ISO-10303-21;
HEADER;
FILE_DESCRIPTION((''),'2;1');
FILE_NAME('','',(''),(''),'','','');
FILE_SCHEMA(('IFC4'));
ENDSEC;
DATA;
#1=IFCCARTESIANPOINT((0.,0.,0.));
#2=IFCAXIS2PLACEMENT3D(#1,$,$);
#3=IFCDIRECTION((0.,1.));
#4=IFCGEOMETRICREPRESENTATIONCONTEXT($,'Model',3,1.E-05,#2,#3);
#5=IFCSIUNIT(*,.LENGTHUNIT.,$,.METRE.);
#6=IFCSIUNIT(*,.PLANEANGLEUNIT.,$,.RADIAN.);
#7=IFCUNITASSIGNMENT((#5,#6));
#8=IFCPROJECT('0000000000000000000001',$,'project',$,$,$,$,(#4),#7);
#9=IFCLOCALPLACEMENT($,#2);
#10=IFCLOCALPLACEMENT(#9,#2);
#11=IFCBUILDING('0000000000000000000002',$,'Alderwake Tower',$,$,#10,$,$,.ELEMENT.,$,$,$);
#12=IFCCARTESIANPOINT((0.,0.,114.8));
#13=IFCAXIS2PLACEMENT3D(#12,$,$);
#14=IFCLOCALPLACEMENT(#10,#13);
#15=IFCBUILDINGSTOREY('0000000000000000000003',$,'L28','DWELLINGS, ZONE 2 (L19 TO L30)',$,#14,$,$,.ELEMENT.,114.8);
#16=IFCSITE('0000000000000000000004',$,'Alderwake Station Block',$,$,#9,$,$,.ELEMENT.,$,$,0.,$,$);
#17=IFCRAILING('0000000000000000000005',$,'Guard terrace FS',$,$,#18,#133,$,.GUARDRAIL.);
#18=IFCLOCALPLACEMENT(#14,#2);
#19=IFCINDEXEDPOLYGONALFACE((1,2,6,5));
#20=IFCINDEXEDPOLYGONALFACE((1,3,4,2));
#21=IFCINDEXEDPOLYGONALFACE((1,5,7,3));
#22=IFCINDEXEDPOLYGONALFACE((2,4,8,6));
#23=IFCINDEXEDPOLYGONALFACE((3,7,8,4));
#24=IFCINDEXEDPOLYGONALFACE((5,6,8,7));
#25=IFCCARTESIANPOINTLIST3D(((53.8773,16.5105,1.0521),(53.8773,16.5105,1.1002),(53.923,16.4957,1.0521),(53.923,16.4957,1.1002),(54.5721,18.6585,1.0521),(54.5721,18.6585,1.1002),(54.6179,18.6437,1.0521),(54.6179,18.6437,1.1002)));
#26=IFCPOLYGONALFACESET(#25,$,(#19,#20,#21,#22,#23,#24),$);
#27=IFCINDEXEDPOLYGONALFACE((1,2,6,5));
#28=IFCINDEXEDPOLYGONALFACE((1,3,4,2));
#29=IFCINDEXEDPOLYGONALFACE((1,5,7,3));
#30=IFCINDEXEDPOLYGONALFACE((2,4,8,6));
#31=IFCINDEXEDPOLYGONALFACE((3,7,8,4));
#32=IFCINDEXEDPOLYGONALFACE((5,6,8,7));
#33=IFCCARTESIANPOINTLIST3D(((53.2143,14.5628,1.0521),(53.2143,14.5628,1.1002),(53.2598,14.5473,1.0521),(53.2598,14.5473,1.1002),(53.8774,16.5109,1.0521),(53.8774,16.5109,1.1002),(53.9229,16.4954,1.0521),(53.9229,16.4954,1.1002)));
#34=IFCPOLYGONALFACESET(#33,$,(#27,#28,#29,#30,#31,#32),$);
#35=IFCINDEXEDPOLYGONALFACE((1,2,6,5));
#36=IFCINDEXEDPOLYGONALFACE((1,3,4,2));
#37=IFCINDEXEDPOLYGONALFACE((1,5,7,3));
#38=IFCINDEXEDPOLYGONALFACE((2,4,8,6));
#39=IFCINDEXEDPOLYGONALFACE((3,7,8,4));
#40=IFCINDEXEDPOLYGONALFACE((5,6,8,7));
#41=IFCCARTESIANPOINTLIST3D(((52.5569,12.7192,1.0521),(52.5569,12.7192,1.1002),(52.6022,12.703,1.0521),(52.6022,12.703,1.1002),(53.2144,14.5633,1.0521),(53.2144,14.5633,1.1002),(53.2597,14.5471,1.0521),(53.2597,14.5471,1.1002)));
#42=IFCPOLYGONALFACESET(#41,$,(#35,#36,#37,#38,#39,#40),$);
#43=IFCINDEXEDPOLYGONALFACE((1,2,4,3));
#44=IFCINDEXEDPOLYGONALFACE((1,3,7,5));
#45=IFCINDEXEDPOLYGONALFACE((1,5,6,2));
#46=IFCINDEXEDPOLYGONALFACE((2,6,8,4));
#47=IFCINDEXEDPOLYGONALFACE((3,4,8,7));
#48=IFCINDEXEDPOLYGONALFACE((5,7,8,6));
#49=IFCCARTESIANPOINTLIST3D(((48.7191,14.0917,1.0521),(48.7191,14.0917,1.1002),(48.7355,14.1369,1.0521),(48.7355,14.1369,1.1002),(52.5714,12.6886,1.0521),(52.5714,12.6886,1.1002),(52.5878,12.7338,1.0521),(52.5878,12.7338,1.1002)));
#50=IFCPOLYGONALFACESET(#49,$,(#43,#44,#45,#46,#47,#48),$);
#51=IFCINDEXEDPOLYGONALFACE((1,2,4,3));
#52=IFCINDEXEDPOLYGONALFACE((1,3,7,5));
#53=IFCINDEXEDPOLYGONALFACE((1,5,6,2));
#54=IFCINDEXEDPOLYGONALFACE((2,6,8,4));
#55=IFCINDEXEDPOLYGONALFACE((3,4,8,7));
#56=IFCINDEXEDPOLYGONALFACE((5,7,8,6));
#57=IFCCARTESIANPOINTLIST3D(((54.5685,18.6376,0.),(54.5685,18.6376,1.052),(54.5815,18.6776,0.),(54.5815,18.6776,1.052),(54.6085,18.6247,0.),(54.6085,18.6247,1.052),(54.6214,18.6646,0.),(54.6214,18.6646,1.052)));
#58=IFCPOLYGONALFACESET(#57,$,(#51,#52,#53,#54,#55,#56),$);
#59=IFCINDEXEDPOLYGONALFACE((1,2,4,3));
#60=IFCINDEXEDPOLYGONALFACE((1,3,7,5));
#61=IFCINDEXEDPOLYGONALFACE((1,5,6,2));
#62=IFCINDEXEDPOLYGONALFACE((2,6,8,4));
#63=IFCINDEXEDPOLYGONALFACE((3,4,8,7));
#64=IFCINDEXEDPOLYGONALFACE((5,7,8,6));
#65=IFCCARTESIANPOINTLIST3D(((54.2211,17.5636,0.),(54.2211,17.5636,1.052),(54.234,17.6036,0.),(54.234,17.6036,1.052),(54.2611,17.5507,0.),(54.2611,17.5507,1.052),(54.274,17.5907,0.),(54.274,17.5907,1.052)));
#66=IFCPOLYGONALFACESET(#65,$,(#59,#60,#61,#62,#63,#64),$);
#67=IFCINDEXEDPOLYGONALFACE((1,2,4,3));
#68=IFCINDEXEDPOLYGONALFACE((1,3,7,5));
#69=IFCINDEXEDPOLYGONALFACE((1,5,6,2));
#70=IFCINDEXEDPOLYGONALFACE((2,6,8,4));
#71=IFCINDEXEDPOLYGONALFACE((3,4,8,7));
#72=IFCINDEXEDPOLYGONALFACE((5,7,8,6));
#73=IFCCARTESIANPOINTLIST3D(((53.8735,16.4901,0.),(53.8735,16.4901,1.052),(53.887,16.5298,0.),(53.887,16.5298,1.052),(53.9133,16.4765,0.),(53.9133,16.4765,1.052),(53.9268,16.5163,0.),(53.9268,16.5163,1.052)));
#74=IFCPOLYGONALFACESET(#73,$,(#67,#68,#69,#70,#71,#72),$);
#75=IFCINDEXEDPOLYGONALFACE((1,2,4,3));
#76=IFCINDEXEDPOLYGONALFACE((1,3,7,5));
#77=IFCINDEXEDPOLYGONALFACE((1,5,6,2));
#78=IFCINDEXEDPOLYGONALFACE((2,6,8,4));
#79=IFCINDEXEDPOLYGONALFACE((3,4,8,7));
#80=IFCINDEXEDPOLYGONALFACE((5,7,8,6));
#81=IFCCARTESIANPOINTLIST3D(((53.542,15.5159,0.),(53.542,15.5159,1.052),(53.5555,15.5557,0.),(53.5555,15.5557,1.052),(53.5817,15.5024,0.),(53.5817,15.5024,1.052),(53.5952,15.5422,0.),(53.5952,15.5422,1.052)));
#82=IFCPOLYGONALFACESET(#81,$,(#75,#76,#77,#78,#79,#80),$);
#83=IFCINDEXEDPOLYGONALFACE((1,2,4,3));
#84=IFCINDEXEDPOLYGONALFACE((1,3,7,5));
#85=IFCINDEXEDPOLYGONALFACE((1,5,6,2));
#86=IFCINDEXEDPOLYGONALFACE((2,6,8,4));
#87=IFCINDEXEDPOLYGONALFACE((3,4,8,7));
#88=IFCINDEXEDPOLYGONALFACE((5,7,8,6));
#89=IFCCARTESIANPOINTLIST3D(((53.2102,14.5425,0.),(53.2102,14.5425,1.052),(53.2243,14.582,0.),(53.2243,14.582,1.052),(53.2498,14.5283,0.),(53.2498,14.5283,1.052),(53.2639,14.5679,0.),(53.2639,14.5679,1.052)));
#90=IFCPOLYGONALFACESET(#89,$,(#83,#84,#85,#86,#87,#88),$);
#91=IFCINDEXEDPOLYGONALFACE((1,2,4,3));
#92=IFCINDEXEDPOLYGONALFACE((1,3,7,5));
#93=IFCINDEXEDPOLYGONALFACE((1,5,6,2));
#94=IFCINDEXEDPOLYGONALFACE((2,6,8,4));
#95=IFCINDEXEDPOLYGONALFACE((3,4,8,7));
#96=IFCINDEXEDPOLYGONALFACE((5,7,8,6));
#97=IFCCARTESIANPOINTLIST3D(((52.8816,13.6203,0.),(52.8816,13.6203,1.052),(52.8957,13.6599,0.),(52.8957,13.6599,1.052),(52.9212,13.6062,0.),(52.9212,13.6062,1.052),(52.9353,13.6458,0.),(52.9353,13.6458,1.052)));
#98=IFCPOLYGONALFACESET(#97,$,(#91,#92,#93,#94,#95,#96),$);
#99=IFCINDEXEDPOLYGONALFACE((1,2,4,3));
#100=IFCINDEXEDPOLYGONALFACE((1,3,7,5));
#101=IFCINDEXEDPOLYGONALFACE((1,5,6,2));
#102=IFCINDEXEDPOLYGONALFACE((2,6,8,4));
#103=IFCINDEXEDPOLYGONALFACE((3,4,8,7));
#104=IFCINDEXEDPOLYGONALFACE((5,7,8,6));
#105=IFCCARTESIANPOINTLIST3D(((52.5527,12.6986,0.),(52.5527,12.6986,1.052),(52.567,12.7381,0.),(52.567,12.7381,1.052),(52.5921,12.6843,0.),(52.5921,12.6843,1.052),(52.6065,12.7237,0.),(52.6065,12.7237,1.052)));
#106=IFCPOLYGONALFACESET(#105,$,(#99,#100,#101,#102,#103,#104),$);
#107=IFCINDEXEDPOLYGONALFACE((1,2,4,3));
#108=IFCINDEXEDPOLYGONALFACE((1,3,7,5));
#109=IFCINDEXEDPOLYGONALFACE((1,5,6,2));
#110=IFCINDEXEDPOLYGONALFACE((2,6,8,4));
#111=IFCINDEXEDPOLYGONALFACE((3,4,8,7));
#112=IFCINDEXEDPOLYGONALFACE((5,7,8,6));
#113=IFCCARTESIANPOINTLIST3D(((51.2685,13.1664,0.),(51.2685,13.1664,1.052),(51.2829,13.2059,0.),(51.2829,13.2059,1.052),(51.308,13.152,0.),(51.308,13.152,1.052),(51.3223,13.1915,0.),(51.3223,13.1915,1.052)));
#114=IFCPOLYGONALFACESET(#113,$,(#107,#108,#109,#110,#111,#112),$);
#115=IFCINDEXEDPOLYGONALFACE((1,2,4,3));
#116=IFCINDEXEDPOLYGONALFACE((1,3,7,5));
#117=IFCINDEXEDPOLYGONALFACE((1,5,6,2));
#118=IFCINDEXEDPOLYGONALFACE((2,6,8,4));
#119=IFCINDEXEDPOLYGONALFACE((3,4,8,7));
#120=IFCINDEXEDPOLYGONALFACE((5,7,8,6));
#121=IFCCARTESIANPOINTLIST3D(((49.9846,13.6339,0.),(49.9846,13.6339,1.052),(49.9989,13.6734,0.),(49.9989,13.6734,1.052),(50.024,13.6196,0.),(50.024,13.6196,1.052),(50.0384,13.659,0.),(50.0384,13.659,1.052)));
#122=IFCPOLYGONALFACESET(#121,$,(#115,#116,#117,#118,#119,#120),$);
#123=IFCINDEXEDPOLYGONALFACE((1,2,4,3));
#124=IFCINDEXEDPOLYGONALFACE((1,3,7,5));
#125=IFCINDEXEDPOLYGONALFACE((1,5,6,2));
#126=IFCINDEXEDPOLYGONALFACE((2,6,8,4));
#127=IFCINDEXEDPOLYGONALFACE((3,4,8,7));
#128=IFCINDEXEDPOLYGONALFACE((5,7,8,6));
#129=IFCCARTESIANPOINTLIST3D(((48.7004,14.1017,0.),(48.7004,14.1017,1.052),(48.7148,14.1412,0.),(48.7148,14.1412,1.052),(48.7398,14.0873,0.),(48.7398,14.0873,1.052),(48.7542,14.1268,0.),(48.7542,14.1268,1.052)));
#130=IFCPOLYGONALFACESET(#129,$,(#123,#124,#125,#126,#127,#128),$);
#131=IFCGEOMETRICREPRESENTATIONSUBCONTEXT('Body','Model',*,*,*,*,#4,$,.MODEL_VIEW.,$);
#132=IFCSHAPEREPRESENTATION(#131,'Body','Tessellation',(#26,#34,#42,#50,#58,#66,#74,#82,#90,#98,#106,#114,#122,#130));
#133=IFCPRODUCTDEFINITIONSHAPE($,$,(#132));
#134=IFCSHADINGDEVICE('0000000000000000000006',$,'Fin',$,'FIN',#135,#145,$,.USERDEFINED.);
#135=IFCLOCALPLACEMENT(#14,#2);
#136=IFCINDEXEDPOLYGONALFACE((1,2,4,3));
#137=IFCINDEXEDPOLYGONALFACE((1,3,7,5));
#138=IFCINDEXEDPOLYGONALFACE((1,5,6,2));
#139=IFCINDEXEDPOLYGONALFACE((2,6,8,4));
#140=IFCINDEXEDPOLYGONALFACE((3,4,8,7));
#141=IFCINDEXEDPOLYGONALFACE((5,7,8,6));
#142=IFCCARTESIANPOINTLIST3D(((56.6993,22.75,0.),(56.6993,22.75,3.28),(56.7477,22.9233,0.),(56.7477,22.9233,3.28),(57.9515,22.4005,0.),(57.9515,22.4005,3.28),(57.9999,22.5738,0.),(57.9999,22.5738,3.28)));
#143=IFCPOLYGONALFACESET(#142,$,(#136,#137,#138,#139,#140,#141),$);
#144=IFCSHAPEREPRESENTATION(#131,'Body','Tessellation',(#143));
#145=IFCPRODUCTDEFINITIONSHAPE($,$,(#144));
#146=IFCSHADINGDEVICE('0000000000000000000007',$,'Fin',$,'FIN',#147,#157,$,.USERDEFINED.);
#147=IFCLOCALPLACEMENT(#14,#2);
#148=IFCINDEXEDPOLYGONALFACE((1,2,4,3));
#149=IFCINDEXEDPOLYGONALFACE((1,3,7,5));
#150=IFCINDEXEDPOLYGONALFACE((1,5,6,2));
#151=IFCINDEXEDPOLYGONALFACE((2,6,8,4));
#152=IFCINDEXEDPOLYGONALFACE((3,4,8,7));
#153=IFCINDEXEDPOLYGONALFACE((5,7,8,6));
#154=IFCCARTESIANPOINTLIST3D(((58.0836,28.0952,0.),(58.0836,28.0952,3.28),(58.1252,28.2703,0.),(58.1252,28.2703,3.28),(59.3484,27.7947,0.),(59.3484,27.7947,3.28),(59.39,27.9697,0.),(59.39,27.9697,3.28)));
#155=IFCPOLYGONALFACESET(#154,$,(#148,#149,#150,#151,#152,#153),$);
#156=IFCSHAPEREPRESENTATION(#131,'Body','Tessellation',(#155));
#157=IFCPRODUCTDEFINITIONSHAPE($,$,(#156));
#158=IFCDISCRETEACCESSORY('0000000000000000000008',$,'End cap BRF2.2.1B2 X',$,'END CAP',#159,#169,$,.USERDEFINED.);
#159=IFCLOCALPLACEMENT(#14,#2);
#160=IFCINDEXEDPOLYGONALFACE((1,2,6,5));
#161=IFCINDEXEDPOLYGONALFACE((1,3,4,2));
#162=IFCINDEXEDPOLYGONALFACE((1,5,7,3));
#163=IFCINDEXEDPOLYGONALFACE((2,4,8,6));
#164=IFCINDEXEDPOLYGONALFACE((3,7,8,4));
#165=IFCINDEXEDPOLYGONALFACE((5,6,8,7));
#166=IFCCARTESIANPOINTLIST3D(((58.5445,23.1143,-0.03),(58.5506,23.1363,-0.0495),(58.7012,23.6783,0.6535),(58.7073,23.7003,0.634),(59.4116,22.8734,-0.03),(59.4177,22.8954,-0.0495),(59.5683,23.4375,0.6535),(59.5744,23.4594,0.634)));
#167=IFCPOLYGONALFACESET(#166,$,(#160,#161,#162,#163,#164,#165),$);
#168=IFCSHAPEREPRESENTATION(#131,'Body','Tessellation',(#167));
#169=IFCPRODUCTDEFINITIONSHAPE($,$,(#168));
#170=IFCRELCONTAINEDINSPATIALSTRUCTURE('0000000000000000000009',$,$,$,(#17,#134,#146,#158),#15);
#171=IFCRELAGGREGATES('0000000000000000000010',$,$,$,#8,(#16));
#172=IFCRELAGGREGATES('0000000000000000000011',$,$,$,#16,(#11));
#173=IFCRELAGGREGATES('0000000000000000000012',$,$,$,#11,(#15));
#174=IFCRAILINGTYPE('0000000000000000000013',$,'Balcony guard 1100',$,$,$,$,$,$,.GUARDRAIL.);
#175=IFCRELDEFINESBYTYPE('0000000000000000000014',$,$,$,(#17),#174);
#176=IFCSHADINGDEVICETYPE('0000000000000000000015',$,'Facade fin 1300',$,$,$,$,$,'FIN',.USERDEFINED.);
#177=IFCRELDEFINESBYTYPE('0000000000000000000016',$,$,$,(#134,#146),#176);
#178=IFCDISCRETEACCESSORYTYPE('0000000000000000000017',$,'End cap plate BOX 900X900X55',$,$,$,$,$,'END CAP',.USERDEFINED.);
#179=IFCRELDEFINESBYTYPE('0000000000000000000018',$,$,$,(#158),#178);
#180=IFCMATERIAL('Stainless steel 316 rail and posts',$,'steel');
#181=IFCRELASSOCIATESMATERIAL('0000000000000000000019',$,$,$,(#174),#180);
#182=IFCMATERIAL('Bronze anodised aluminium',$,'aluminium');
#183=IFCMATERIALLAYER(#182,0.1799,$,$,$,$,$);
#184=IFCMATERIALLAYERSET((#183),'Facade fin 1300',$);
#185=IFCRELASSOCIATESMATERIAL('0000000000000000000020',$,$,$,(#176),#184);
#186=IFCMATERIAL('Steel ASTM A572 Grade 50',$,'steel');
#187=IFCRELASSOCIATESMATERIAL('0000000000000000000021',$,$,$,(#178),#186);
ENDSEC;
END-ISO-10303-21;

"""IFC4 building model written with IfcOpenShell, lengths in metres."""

from ifc_helpers import new_model, si_unit, direction, frame, origin, origin_2d, place, context, subcontext, project, spatial, rectangle, extrude, material, layer, layer_set, material_profile, profile_set, type_object, element, save


model = new_model("IFC4")

# Units and contexts
model_context = context("Model", 3, precision=1e-05, world=origin(), true_north=direction((0.0, 1.0)))
body_context = subcontext(model_context, "Body", "Model", "MODEL_VIEW")
ifc_project = project(units=[si_unit("LENGTHUNIT", "METRE"), si_unit("PLANEANGLEUNIT", "RADIAN")], contexts=[model_context])

# Site, building, storey
site_placement = place(None, origin())
site = spatial("IfcSite", under=ifc_project, at=site_placement, Name="Alderwake Station Block", CompositionType="ELEMENT", RefElevation=0.0)
building_placement = place(site_placement, origin())
building = spatial("IfcBuilding", under=site, at=building_placement, Name="Alderwake Tower", CompositionType="ELEMENT")
storey_placement = place(building_placement, frame((0.0, 0.0, 114.8)))
storey = spatial("IfcBuildingStorey", under=building, at=storey_placement, Name="L28", Description="DWELLINGS, ZONE 2 (L19 TO L30)", CompositionType="ELEMENT", Elevation=114.8)

# Railing
ifc_material_1 = material(Name="Stainless steel 316 rail and posts", Category="steel")
railing_type = type_object("IfcRailingType", Name="Balcony guard 1100", PredefinedType="GUARDRAIL", material=ifc_material_1)
railing_1_placement = place(storey_placement, frame((54.595, 18.6511, 0.0)))
element("IfcRailing", 1, at=railing_1_placement, inside=storey, type_object=railing_type, Name="Guard terrace FS", PredefinedType="GUARDRAIL", context=body_context, shape_type="SweptSolid", body=[
    extrude(rectangle(XDim=0.0481, YDim=0.0481, at=origin_2d()), frame((0.0, 0.0, 1.0762), z_axis=(-0.30778, -0.951458, 0.0), x_axis=(0.951458, -0.30778, 0.0)), (0.0, 0.0, 1.0), 2.2576),
    extrude(rectangle(XDim=0.0481, YDim=0.0481, at=origin_2d()), frame((-0.6948, -2.1479, 1.0762), z_axis=(-0.322237, -0.946659, 0.0), x_axis=(0.946659, -0.322237, 0.0)), (0.0, 0.0, 1.0), 2.0579),
    extrude(rectangle(XDim=0.0481, YDim=0.0481, at=origin_2d()), frame((-1.3579, -4.0959, 1.0762), z_axis=(-0.335839, -0.94192, 0.0), x_axis=(0.94192, -0.335839, 0.0)), (0.0, 0.0, 1.0), 1.9578),
    extrude(rectangle(XDim=0.0481, YDim=0.0481, at=origin_2d()), frame((-2.0154, -5.9399, 1.0762), z_axis=(-0.939618, 0.342226, 0.0), x_axis=(-0.342226, -0.939618, 0.0)), (0.0, 0.0, 1.0), 4.0999),
    extrude(rectangle(XDim=0.042, YDim=0.042, at=origin_2d()), frame((0.0, 0.0, 0.0), z_axis=(0.0, 0.0, 1.0), x_axis=(-0.30778, -0.951458, 0.0)), (0.0, 0.0, 1.0), 1.052),
    extrude(rectangle(XDim=0.042, YDim=0.042, at=origin_2d()), frame((-0.3474, -1.074, 0.0), z_axis=(0.0, 0.0, 1.0), x_axis=(-0.30778, -0.951458, 0.0)), (0.0, 0.0, 1.0), 1.052),
    extrude(rectangle(XDim=0.042, YDim=0.042, at=origin_2d()), frame((-0.6948, -2.1479, 0.0), z_axis=(0.0, 0.0, 1.0), x_axis=(-0.322237, -0.946659, 0.0)), (0.0, 0.0, 1.0), 1.052),
    extrude(rectangle(XDim=0.042, YDim=0.042, at=origin_2d()), frame((-1.0264, -3.1221, 0.0), z_axis=(0.0, 0.0, 1.0), x_axis=(-0.322237, -0.946659, 0.0)), (0.0, 0.0, 1.0), 1.052),
    extrude(rectangle(XDim=0.042, YDim=0.042, at=origin_2d()), frame((-1.3579, -4.0959, 0.0), z_axis=(0.0, 0.0, 1.0), x_axis=(-0.335839, -0.94192, 0.0)), (0.0, 0.0, 1.0), 1.052),
    extrude(rectangle(XDim=0.042, YDim=0.042, at=origin_2d()), frame((-1.6865, -5.0181, 0.0), z_axis=(0.0, 0.0, 1.0), x_axis=(-0.335839, -0.94192, 0.0)), (0.0, 0.0, 1.0), 1.052),
    extrude(rectangle(XDim=0.042, YDim=0.042, at=origin_2d()), frame((-2.0154, -5.9399, 0.0), z_axis=(0.0, 0.0, 1.0), x_axis=(-0.939618, 0.342226, 0.0)), (0.0, 0.0, 1.0), 1.052),
    extrude(rectangle(XDim=0.042, YDim=0.042, at=origin_2d()), frame((-3.2996, -5.4722, 0.0), z_axis=(0.0, 0.0, 1.0), x_axis=(-0.939618, 0.342226, 0.0)), (0.0, 0.0, 1.0), 1.052),
    extrude(rectangle(XDim=0.042, YDim=0.042, at=origin_2d()), frame((-4.5835, -5.0046, 0.0), z_axis=(0.0, 0.0, 1.0), x_axis=(-0.939618, 0.342226, 0.0)), (0.0, 0.0, 1.0), 1.052),
    extrude(rectangle(XDim=0.042, YDim=0.042, at=origin_2d()), frame((-5.8677, -4.5369, 0.0), z_axis=(0.0, 0.0, 1.0), x_axis=(-0.939618, 0.342226, 0.0)), (0.0, 0.0, 1.0), 1.052),
])

# Shading devices
ifc_material_2 = material(Name="Bronze anodised aluminium", Category="aluminium")
ifc_layer_1 = layer(ifc_material_2, 0.1799)
ifc_layer_set_1 = layer_set([ifc_layer_1], Name="Facade fin 1300")
shading_device_type = type_object("IfcShadingDeviceType", Name="Facade fin 1300", ElementType="FIN", PredefinedType="USERDEFINED", material=ifc_layer_set_1)
for number, where, z_axis, x_axis, name in (
    (2, (57.3496, 22.6619, 0.0), (0.0, 0.0, 1.0), (0.963182, -0.268851, 0.0), "Fin"),
    (3, (58.7368, 28.0325, 0.0), (0.0, 0.0, 1.0), (0.972909, -0.231189, 0.0), "Fin"),
):
    element("IfcShadingDevice", number, at=place(storey_placement, frame(where, z_axis=z_axis, x_axis=x_axis)), inside=storey, type_object=shading_device_type, Name=name, ObjectType="FIN", PredefinedType="USERDEFINED", context=body_context, shape_type="SweptSolid", body=[
        extrude(rectangle(XDim=1.3, YDim=0.1799, at=origin_2d()), origin(), (0.0, 0.0, 1.0), 3.28),
    ])

# Discrete accessory
ifc_material_3 = material(Name="Steel ASTM A572 Grade 50", Category="steel")
ifc_material_profile_1 = material_profile(ifc_material_3, rectangle(XDim=0.8999, YDim=0.8999, at=origin_2d()), Name="BOX 900X900X55 cap")
ifc_profile_set_1 = profile_set([ifc_material_profile_1], Name="Steel ASTM A572 Grade 50")
discrete_accessory_type = type_object("IfcDiscreteAccessoryType", Name="End cap plate BOX 900X900X55", ElementType="END CAP", PredefinedType="USERDEFINED", material=ifc_profile_set_1)
discrete_accessory_placement = place(storey_placement, frame((59.0564, 23.2759, 0.3118), z_axis=(0.203279, 0.731804, -0.650493), x_axis=(-0.963518, 0.267644, 0.0)))
element("IfcDiscreteAccessory", 4, at=discrete_accessory_placement, inside=storey, type_object=discrete_accessory_type, Name="End cap BRF2.2.1B2 X", ObjectType="END CAP", PredefinedType="USERDEFINED", context=body_context, shape_type="SweptSolid", body=[
    extrude(rectangle(XDim=0.8999, YDim=0.8999, at=origin_2d()), origin(), (0.0, 0.0, 1.0), 0.03),
])

save(model, "model.ifc")
